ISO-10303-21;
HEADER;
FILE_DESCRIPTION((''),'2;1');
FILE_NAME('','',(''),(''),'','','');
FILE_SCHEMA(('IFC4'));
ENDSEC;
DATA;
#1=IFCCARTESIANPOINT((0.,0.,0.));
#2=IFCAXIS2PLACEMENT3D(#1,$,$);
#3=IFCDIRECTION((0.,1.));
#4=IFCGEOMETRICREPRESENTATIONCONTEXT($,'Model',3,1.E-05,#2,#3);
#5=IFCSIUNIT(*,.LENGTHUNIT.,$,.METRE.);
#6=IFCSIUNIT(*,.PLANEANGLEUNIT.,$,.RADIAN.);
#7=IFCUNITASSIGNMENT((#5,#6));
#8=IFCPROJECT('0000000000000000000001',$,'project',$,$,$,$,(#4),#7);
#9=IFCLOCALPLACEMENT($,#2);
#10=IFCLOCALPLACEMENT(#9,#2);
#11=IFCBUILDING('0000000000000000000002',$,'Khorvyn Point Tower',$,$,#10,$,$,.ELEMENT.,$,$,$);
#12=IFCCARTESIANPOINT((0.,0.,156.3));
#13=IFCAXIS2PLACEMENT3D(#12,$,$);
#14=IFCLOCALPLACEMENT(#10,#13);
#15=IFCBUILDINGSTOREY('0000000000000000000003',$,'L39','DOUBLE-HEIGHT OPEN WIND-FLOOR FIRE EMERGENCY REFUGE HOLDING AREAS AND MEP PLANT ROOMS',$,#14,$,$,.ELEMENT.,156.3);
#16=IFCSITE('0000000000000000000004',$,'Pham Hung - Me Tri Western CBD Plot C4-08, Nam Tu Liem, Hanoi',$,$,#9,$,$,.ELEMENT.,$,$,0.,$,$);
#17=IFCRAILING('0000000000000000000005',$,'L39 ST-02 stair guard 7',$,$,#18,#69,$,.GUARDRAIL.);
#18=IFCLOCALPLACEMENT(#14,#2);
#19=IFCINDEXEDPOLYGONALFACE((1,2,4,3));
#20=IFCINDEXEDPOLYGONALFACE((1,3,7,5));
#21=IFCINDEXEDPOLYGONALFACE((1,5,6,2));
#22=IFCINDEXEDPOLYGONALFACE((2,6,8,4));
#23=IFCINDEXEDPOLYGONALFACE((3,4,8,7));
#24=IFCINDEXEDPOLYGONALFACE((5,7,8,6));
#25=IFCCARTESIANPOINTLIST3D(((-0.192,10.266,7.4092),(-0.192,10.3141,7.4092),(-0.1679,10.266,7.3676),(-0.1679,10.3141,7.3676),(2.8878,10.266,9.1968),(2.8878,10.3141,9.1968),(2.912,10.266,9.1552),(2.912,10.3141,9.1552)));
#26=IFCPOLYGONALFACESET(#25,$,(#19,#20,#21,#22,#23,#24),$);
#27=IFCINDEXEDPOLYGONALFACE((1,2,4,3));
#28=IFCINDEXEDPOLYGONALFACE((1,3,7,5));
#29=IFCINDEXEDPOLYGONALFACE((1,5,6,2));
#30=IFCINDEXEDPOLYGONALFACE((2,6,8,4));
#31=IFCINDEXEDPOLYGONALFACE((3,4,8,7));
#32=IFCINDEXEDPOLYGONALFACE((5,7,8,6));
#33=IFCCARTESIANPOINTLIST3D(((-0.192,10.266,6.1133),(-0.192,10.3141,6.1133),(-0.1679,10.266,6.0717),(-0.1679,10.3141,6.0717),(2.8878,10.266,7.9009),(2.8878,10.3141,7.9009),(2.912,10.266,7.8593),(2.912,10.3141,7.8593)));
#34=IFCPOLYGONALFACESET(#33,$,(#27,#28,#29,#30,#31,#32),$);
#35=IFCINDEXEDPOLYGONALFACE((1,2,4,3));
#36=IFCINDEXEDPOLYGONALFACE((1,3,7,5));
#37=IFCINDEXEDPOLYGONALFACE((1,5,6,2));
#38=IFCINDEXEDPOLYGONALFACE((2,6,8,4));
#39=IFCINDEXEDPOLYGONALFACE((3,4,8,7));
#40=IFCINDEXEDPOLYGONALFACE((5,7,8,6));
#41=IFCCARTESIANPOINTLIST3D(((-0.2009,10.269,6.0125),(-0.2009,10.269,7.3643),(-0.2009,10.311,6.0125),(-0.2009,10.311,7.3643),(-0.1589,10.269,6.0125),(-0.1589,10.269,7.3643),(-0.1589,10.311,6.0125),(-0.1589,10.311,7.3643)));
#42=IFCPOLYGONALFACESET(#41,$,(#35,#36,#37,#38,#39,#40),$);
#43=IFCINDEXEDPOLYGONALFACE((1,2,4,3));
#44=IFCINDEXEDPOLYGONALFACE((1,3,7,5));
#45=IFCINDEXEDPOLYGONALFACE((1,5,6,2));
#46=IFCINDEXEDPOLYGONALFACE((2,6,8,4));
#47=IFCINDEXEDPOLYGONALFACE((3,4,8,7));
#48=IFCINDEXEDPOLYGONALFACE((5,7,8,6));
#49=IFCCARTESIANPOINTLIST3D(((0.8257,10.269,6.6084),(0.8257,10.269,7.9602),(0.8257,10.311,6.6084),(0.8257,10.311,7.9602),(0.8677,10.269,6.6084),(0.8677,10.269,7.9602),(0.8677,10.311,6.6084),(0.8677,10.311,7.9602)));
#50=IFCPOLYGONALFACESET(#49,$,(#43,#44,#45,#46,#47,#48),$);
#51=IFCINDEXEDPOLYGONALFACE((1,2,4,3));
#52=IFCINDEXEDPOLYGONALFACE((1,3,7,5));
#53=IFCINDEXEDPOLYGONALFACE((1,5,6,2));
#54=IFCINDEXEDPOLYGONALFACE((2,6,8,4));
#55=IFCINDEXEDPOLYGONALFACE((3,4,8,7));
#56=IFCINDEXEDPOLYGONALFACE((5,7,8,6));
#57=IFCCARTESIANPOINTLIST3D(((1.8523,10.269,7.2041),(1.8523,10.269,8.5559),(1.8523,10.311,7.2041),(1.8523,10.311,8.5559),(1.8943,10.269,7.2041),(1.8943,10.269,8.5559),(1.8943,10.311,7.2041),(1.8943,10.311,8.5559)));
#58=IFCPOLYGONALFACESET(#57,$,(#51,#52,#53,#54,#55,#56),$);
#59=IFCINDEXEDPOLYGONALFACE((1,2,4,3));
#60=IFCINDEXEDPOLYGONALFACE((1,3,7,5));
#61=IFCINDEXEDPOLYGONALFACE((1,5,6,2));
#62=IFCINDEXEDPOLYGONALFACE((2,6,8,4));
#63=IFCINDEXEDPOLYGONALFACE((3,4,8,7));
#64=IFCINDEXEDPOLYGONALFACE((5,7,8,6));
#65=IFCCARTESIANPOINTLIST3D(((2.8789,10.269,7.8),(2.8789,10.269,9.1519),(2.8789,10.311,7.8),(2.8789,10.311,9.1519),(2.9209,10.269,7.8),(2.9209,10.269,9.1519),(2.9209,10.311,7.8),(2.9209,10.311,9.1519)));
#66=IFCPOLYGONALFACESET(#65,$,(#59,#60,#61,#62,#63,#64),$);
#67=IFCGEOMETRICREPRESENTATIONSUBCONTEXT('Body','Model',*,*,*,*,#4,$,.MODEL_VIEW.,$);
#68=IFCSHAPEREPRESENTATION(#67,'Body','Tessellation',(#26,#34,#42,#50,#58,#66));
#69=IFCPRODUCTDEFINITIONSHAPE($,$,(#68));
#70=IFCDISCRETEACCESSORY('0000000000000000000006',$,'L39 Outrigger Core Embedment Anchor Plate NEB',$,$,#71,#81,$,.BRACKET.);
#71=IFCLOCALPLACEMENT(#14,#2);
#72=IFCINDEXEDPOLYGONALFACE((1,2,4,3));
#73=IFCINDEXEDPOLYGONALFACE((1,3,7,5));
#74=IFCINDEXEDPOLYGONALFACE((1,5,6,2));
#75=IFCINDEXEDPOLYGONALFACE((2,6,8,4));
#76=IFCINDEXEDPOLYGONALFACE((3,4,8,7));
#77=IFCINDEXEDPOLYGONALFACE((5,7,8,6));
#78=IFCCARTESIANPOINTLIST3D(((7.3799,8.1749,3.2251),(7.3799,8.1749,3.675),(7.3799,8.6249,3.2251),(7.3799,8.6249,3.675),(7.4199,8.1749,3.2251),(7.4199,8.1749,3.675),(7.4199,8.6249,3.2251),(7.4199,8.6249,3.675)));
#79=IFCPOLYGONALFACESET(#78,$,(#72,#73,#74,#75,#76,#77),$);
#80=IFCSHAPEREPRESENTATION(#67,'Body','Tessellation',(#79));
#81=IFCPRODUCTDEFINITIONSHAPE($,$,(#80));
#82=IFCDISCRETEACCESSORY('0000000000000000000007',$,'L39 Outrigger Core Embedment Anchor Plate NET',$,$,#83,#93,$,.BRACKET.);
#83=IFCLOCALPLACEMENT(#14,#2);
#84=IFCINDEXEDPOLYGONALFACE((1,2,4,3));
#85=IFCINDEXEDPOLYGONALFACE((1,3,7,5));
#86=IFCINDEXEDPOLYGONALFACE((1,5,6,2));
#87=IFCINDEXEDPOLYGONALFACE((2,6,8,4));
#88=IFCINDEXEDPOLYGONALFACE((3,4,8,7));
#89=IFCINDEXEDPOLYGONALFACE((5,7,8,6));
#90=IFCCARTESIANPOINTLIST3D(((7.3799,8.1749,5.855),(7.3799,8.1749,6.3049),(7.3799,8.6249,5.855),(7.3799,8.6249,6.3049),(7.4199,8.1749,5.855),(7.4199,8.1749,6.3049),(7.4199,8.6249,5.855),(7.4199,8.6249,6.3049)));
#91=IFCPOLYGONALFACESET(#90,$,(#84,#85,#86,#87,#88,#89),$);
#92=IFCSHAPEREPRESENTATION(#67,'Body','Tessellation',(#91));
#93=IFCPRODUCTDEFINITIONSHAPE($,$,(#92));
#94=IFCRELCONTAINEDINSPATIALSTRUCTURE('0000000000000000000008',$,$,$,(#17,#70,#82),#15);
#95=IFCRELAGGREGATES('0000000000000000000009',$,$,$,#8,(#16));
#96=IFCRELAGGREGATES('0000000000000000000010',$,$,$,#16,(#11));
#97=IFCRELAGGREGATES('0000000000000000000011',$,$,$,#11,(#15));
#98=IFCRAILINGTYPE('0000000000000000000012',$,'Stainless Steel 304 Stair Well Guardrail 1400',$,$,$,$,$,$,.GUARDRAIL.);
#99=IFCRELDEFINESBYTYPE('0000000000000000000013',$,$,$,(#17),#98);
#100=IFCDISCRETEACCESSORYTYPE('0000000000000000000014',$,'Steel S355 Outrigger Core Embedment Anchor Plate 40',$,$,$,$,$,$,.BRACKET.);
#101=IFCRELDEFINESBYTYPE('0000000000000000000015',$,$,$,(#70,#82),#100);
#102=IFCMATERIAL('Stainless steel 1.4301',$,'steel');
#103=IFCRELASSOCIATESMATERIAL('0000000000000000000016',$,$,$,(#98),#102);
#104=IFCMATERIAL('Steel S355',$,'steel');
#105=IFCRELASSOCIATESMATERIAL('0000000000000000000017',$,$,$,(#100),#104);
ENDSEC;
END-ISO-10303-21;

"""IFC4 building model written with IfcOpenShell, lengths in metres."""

from ifc_helpers import new_model, si_unit, direction, frame, origin, origin_2d, place, context, subcontext, project, spatial, rectangle, extrude, material, type_object, element, save


model = new_model("IFC4")

# Units and contexts
model_context = context("Model", 3, precision=1e-05, world=origin(), true_north=direction((0.0, 1.0)))
body_context = subcontext(model_context, "Body", "Model", "MODEL_VIEW")
ifc_project = project(units=[si_unit("LENGTHUNIT", "METRE"), si_unit("PLANEANGLEUNIT", "RADIAN")], contexts=[model_context])

# Site, building, storey
site_placement = place(None, origin())
site = spatial("IfcSite", under=ifc_project, at=site_placement, Name="Pham Hung - Me Tri Western CBD Plot C4-08, Nam Tu Liem, Hanoi", CompositionType="ELEMENT", RefElevation=0.0)
building_placement = place(site_placement, origin())
building = spatial("IfcBuilding", under=site, at=building_placement, Name="Khorvyn Point Tower", CompositionType="ELEMENT")
storey_placement = place(building_placement, frame((0.0, 0.0, 156.3)))
storey = spatial("IfcBuildingStorey", under=building, at=storey_placement, Name="L39", Description="DOUBLE-HEIGHT OPEN WIND-FLOOR FIRE EMERGENCY REFUGE HOLDING AREAS AND MEP PLANT ROOMS", CompositionType="ELEMENT", Elevation=156.3)

# Shared definitions
ifc_material_1 = material(Name="Steel S355", Category="steel")

# Shared definitions
ifc_material_2 = material(Name="Stainless steel 1.4301", Category="steel")

# Railing
railing_type_1 = type_object("IfcRailingType", Name="Stainless Steel 304 Stair Well Guardrail 1400", PredefinedType="GUARDRAIL", material=ifc_material_2)
railing_1_placement = place(storey_placement, frame((-0.1799, 10.29, 6.0125)))
element("IfcRailing", 1, at=railing_1_placement, inside=storey, type_object=railing_type_1, Name="L39 ST-02 stair guard 7", PredefinedType="GUARDRAIL", context=body_context, shape_type="SweptSolid", body=[
    extrude(rectangle(XDim=0.0481, YDim=0.0481, at=origin_2d()), frame((0.0, 0.0, 1.376), z_axis=(0.864873, 0.0, 0.50199), x_axis=(0.0, 1.0, 0.0)), (0.0, 0.0, 1.0), 3.561),
    extrude(rectangle(XDim=0.0481, YDim=0.0481, at=origin_2d()), frame((0.0, 0.0, 0.0801), z_axis=(0.864873, 0.0, 0.50199), x_axis=(0.0, 1.0, 0.0)), (0.0, 0.0, 1.0), 3.561),
    extrude(rectangle(XDim=0.042, YDim=0.042, at=origin_2d()), origin(), (0.0, 0.0, 1.0), 1.3518),
    extrude(rectangle(XDim=0.042, YDim=0.042, at=origin_2d()), frame((1.0266, 0.0, 0.5959)), (0.0, 0.0, 1.0), 1.3518),
    extrude(rectangle(XDim=0.042, YDim=0.042, at=origin_2d()), frame((2.0532, 0.0, 1.1917)), (0.0, 0.0, 1.0), 1.3518),
    extrude(rectangle(XDim=0.042, YDim=0.042, at=origin_2d()), frame((3.0798, 0.0, 1.7876)), (0.0, 0.0, 1.0), 1.3518),
])

# Discrete accessories
discrete_accessory_type = type_object("IfcDiscreteAccessoryType", Name="Steel S355 Outrigger Core Embedment Anchor Plate 40", PredefinedType="BRACKET", material=ifc_material_1)
for number, where, z_axis, x_axis, name in (
    (2, (7.3999, 8.3999, 3.2251), (0.0, 0.0, 1.0), (1.0, 0.0, 0.0), "L39 Outrigger Core Embedment Anchor Plate NEB"),
    (3, (7.3999, 8.3999, 5.855), (0.0, 0.0, 1.0), (1.0, 0.0, 0.0), "L39 Outrigger Core Embedment Anchor Plate NET"),
):
    element("IfcDiscreteAccessory", number, at=place(storey_placement, frame(where, z_axis=z_axis, x_axis=x_axis)), inside=storey, type_object=discrete_accessory_type, Name=name, PredefinedType="BRACKET", context=body_context, shape_type="SweptSolid", body=[
        extrude(rectangle(XDim=0.04, YDim=0.45, at=origin_2d()), origin(), (0.0, 0.0, 1.0), 0.45),
    ])

save(model, "model.ifc")
